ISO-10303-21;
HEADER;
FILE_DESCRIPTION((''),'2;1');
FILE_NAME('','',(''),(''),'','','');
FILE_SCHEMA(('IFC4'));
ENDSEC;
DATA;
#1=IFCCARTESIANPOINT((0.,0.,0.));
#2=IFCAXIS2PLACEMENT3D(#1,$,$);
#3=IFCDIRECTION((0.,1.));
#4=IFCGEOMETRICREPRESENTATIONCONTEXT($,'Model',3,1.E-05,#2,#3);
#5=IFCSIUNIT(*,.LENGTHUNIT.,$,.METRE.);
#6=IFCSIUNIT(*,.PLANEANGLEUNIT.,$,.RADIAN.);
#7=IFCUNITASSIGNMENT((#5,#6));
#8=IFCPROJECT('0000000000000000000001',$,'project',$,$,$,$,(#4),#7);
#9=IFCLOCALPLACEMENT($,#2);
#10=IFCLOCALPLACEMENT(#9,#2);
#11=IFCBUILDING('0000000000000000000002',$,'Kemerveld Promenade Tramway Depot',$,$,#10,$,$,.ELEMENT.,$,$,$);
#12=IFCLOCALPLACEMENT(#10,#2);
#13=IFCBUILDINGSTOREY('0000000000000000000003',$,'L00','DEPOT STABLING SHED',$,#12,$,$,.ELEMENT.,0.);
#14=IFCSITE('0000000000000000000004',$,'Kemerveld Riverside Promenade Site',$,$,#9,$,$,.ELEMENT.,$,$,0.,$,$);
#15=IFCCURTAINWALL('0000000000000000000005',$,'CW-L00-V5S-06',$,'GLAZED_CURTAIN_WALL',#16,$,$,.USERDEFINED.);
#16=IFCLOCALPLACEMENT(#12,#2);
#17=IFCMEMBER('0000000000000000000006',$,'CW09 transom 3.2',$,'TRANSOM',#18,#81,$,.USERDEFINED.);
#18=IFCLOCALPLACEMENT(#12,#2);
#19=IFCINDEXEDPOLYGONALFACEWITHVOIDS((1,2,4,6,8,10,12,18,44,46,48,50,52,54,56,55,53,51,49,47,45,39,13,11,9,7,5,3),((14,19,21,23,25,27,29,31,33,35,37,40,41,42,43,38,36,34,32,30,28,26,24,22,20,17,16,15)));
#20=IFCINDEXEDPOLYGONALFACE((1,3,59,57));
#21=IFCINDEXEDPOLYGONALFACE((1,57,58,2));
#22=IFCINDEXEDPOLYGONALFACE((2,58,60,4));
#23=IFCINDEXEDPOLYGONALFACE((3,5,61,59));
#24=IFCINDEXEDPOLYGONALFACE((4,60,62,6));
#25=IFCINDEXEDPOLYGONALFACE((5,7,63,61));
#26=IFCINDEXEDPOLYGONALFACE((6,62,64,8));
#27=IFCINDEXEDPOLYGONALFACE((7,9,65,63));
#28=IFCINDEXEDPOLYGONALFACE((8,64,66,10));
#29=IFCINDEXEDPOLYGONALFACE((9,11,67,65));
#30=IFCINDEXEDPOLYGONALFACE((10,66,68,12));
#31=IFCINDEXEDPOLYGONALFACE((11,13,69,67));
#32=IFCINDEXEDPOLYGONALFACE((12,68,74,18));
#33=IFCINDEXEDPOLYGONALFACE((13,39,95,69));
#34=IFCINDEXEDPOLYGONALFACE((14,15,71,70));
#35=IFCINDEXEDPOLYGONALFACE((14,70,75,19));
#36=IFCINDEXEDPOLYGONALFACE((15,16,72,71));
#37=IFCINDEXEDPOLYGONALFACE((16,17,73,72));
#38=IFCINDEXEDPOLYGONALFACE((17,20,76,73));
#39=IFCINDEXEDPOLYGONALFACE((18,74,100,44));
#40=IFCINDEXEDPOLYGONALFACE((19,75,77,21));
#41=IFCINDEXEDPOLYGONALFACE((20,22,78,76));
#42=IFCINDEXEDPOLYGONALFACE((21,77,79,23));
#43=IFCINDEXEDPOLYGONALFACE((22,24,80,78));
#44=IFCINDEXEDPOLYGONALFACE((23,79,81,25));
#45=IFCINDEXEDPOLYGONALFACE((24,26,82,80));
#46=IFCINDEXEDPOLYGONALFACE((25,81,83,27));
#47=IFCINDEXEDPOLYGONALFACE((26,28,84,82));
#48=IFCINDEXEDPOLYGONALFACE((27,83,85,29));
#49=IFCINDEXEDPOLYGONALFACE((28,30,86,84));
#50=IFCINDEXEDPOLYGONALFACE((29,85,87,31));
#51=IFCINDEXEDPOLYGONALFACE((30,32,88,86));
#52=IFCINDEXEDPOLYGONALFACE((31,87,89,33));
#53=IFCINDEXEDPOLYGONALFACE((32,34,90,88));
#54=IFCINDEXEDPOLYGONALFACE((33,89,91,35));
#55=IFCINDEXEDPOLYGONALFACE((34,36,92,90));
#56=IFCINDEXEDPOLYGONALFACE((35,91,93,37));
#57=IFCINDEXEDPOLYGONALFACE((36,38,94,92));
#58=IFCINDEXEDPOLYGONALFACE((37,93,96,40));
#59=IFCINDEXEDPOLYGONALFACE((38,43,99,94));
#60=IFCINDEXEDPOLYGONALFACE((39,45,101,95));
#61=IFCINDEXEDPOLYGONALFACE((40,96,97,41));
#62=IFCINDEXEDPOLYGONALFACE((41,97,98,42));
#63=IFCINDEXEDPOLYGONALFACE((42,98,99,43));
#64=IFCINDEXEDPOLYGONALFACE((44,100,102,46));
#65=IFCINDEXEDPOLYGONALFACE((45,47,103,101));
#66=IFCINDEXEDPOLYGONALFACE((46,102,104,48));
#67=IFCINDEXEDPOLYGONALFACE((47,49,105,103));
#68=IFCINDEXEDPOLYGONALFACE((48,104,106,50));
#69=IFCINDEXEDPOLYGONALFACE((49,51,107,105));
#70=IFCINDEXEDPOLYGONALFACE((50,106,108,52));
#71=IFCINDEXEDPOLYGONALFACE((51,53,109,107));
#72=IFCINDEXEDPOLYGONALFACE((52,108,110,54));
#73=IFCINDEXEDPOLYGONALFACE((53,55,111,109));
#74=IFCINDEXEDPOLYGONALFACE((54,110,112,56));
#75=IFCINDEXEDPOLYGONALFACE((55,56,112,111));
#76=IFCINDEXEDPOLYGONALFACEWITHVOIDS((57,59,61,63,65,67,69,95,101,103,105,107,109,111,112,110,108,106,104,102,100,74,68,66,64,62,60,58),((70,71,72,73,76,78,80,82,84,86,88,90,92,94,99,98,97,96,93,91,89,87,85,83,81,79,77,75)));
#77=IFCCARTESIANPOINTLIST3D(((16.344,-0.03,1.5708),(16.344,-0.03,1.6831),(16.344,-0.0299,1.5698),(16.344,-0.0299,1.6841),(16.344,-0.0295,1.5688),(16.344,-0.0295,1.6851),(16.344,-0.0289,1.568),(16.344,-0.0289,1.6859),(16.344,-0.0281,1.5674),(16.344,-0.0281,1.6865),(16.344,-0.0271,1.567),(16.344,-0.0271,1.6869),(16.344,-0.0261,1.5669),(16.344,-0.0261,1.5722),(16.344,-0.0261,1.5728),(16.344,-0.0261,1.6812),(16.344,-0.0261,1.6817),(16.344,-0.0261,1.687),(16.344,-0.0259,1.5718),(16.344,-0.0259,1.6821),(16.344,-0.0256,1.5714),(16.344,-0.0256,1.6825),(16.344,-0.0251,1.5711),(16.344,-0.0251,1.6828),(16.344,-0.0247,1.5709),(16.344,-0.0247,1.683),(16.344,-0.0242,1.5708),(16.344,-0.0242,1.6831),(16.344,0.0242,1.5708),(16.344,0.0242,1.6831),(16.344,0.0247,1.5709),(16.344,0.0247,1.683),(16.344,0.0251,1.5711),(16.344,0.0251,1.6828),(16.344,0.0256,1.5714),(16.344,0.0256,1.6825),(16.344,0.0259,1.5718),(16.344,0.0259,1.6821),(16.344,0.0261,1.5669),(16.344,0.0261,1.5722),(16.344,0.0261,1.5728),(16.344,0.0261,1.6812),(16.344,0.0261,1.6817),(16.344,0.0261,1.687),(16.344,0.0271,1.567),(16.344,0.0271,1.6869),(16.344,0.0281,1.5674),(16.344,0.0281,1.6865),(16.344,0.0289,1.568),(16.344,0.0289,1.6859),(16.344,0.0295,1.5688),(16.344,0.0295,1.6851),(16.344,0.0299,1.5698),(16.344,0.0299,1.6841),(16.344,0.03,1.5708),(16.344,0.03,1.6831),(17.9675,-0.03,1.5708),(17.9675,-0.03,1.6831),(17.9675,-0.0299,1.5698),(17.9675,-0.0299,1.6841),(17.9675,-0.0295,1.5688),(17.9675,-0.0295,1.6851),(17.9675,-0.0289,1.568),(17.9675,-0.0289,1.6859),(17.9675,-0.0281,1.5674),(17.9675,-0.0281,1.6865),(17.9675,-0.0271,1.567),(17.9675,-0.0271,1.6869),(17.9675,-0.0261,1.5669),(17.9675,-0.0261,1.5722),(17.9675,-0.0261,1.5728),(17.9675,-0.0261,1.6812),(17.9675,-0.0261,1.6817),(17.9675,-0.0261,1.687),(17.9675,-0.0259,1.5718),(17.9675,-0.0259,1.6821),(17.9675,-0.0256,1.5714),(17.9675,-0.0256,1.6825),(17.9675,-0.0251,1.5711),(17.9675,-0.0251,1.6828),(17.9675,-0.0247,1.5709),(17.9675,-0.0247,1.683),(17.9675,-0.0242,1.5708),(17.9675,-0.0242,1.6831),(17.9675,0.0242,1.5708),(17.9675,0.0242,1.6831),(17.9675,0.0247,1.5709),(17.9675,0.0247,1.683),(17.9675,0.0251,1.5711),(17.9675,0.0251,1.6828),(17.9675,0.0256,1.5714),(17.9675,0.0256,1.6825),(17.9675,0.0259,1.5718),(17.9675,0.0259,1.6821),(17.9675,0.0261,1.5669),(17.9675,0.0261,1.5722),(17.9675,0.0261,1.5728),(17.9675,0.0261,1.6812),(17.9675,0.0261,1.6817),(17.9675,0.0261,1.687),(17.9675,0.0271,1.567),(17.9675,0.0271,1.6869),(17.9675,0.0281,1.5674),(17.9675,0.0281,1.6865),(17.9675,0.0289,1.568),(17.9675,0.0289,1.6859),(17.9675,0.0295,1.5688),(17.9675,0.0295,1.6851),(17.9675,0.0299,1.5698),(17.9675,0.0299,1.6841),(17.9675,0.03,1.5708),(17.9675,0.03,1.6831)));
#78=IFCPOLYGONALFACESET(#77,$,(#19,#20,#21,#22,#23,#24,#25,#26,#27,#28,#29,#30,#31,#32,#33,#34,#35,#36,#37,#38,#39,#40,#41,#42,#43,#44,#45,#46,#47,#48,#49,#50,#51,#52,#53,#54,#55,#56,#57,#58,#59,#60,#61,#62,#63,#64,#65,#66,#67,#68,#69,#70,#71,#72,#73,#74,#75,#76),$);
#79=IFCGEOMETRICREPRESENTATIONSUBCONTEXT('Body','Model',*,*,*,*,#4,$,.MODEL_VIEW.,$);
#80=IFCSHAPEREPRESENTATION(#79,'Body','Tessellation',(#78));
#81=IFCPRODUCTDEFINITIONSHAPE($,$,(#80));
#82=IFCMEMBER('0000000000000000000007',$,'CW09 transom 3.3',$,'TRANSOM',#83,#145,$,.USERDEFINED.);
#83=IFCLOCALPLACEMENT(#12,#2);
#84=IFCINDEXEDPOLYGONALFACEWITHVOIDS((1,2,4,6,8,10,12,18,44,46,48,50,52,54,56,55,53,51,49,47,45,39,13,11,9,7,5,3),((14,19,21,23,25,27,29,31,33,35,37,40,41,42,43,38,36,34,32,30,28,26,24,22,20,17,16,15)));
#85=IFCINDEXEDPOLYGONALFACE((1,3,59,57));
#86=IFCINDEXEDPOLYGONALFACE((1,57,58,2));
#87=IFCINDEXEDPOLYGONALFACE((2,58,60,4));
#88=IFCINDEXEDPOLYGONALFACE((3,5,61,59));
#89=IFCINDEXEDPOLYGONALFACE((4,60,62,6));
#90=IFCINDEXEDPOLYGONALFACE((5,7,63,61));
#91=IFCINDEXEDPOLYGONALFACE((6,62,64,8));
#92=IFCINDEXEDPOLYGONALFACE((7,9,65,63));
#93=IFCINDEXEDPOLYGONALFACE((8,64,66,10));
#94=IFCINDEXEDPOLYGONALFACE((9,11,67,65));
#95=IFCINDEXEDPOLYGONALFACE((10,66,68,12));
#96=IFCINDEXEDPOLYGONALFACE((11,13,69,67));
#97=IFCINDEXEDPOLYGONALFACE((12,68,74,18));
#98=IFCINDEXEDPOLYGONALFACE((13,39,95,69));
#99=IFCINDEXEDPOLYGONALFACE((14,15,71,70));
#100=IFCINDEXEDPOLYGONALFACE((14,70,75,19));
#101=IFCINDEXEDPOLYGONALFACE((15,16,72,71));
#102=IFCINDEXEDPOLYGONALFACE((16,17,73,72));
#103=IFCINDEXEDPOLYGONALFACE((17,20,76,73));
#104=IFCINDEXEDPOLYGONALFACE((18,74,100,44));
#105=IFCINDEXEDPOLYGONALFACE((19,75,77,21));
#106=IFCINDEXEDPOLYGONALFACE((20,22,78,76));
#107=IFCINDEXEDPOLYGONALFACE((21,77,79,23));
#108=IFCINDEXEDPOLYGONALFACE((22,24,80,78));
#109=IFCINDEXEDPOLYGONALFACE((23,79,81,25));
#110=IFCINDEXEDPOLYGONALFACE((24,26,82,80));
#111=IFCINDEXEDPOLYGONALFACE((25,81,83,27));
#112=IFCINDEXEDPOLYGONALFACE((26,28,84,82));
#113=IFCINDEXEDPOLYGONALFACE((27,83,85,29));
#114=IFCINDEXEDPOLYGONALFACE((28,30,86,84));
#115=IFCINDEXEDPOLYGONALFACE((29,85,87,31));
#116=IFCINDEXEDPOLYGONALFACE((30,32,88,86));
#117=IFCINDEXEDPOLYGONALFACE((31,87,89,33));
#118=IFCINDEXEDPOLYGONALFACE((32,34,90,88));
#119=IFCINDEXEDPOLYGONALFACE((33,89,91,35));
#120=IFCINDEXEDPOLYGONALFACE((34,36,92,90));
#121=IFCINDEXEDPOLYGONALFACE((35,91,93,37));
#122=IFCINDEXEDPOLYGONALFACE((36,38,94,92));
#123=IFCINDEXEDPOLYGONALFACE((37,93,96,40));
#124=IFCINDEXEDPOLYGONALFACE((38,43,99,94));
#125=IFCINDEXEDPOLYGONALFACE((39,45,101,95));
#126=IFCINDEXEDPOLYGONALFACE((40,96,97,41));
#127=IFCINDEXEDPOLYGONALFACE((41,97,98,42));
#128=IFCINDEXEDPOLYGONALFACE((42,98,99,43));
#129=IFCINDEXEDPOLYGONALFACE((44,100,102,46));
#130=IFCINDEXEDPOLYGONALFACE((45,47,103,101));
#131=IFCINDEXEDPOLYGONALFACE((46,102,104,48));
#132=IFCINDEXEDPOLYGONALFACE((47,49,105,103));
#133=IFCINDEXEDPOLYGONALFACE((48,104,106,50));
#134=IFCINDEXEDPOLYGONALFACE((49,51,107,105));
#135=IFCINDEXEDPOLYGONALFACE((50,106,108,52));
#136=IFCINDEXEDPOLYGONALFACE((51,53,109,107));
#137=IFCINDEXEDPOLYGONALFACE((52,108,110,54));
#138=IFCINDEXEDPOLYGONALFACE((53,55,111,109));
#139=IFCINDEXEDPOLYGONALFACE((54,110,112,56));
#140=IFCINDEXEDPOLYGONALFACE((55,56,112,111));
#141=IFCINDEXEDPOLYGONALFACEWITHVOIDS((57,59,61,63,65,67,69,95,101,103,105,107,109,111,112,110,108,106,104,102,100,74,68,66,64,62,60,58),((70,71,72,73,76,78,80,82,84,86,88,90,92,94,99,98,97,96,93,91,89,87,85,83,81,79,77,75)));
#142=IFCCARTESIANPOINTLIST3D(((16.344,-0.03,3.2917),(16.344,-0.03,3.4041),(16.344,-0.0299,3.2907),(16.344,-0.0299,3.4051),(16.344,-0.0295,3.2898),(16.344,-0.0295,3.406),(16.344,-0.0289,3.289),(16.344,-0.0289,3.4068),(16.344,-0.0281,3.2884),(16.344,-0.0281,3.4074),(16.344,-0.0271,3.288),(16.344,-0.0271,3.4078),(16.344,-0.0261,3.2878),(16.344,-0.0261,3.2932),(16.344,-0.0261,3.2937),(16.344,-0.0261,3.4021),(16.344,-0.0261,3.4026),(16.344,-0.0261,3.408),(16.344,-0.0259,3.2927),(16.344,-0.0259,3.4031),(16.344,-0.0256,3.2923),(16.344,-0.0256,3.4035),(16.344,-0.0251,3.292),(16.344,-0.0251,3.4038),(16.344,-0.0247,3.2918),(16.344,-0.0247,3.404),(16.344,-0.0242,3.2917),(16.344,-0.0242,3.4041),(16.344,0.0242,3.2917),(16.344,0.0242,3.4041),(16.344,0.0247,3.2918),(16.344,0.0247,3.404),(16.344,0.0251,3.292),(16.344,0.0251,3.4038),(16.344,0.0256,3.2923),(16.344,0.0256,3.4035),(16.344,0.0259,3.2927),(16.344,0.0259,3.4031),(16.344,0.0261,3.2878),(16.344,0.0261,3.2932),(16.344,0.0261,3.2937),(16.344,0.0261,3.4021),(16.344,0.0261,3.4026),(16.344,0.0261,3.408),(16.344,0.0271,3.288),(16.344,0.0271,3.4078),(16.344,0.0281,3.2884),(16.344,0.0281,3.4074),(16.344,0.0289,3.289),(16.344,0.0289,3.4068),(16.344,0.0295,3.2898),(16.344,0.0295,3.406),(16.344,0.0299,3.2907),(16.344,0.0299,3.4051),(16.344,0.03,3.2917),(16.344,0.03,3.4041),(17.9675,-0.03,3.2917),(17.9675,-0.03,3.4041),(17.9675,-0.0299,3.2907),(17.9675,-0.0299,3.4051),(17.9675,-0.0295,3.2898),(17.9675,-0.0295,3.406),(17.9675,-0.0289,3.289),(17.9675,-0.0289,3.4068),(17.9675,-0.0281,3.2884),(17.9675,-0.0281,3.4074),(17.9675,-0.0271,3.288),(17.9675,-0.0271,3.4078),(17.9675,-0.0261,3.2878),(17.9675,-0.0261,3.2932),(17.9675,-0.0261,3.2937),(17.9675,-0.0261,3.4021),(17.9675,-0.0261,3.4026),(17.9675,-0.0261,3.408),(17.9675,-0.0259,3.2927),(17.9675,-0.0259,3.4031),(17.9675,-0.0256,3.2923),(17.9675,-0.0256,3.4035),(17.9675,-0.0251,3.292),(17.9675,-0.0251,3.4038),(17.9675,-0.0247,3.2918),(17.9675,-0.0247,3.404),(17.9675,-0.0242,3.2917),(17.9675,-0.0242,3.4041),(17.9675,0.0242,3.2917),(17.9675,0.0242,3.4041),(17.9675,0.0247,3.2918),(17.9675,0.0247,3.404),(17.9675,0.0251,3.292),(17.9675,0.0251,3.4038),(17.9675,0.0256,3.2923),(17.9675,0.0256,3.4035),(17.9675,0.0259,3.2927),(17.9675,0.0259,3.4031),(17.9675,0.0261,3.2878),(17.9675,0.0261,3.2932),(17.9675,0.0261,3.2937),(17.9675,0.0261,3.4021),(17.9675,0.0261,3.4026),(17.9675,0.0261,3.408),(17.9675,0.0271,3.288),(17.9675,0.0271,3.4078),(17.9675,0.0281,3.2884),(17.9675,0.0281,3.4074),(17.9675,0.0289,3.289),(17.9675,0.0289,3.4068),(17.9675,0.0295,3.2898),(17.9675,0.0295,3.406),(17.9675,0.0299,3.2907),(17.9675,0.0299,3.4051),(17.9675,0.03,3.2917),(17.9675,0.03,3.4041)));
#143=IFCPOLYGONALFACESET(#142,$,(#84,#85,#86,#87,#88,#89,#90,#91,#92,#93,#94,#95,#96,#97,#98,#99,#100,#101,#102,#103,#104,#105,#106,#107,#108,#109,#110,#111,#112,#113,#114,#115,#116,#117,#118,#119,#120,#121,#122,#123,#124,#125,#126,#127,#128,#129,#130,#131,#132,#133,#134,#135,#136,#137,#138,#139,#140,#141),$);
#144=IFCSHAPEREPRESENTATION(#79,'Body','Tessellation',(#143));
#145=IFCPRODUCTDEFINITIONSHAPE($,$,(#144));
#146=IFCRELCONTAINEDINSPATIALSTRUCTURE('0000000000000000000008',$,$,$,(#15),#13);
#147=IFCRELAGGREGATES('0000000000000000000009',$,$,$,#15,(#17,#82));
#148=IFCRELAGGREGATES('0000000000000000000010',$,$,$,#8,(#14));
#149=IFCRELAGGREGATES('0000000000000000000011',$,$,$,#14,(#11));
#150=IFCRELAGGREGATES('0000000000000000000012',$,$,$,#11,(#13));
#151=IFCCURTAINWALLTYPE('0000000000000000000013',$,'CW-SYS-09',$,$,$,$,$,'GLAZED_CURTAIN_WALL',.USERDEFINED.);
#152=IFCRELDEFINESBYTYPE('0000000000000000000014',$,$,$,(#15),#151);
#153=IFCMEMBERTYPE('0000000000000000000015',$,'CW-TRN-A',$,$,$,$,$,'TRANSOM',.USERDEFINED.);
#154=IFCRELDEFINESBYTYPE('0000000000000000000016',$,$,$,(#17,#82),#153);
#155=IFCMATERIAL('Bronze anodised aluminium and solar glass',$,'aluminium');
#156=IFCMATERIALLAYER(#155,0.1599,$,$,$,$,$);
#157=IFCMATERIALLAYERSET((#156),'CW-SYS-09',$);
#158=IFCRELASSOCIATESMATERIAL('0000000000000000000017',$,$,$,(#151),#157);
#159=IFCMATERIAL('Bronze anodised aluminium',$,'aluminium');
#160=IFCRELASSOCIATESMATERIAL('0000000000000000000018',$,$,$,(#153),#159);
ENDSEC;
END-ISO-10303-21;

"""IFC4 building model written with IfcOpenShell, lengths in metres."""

from ifc_helpers import new_model, si_unit, direction, frame, origin, origin_2d, place, context, subcontext, project, spatial, hollow_rectangle, extrude, material, layer, layer_set, material_profile, profile_set, type_object, element, aggregate, save


model = new_model("IFC4")

# Units and contexts
model_context = context("Model", 3, precision=1e-05, world=origin(), true_north=direction((0.0, 1.0)))
body_context = subcontext(model_context, "Body", "Model", "MODEL_VIEW")
ifc_project = project(units=[si_unit("LENGTHUNIT", "METRE"), si_unit("PLANEANGLEUNIT", "RADIAN")], contexts=[model_context])

# Site, building, storey
site_placement = place(None, origin())
site = spatial("IfcSite", under=ifc_project, at=site_placement, Name="Kemerveld Riverside Promenade Site", CompositionType="ELEMENT", RefElevation=0.0)
building_placement = place(site_placement, origin())
building = spatial("IfcBuilding", under=site, at=building_placement, Name="Kemerveld Promenade Tramway Depot", CompositionType="ELEMENT")
storey_placement = place(building_placement, origin())
storey = spatial("IfcBuildingStorey", under=building, at=storey_placement, Name="L00", Description="DEPOT STABLING SHED", CompositionType="ELEMENT", Elevation=0.0)

# Curtain wall, members
ifc_material_1 = material(Name="Bronze anodised aluminium and solar glass", Category="aluminium")
ifc_layer_1 = layer(ifc_material_1, 0.1599)
ifc_layer_set_1 = layer_set([ifc_layer_1], Name="CW-SYS-09")
curtain_wall_type = type_object("IfcCurtainWallType", Name="CW-SYS-09", ElementType="GLAZED_CURTAIN_WALL", PredefinedType="USERDEFINED", material=ifc_layer_set_1)
curtain_wall_placement = place(storey_placement, origin())
curtain_wall = element("IfcCurtainWall", 1, at=curtain_wall_placement, inside=storey, type_object=curtain_wall_type, Name="CW-L00-V5S-06", ObjectType="GLAZED_CURTAIN_WALL", PredefinedType="USERDEFINED")
ifc_material_2 = material(Name="Bronze anodised aluminium", Category="aluminium")
ifc_material_profile_1 = material_profile(ifc_material_2, hollow_rectangle(XDim=0.0601, YDim=0.1201, WallThickness=0.0039, InnerFilletRadius=0.002, OuterFilletRadius=0.0039, at=origin_2d()), Name="CW-TRN-120x60")
ifc_profile_set_1 = profile_set([ifc_material_profile_1], Name="Bronze anodised aluminium")
member_type_1 = type_object("IfcMemberType", Name="CW-TRN-A", ElementType="TRANSOM", PredefinedType="USERDEFINED", material=ifc_profile_set_1)
member_1_placement = place(storey_placement, frame((17.9675, 0.0, 1.627), z_axis=(-1.0, 0.0, 0.0), x_axis=(0.0, -1.0, 0.0)))
member_1 = element("IfcMember", 2, at=member_1_placement, type_object=member_type_1, Name="CW09 transom 3.2", ObjectType="TRANSOM", PredefinedType="USERDEFINED", context=body_context, shape_type="SweptSolid", body=[
    extrude(hollow_rectangle(XDim=0.0601, YDim=0.1201, WallThickness=0.0039, InnerFilletRadius=0.002, OuterFilletRadius=0.0039, at=origin_2d()), origin(), (0.0, 0.0, 1.0), 1.6235),
])
member_2_placement = place(storey_placement, frame((17.9675, 0.0, 3.3479), z_axis=(-1.0, 0.0, 0.0), x_axis=(0.0, -1.0, 0.0)))
member_2 = element("IfcMember", 3, at=member_2_placement, type_object=member_type_1, Name="CW09 transom 3.3", ObjectType="TRANSOM", PredefinedType="USERDEFINED", context=body_context, shape_type="SweptSolid", body=[
    extrude(hollow_rectangle(XDim=0.0601, YDim=0.1201, WallThickness=0.0039, InnerFilletRadius=0.002, OuterFilletRadius=0.0039, at=origin_2d()), origin(), (0.0, 0.0, 1.0), 1.6235),
])
aggregate(curtain_wall, [member_1, member_2])

save(model, "model.ifc")
